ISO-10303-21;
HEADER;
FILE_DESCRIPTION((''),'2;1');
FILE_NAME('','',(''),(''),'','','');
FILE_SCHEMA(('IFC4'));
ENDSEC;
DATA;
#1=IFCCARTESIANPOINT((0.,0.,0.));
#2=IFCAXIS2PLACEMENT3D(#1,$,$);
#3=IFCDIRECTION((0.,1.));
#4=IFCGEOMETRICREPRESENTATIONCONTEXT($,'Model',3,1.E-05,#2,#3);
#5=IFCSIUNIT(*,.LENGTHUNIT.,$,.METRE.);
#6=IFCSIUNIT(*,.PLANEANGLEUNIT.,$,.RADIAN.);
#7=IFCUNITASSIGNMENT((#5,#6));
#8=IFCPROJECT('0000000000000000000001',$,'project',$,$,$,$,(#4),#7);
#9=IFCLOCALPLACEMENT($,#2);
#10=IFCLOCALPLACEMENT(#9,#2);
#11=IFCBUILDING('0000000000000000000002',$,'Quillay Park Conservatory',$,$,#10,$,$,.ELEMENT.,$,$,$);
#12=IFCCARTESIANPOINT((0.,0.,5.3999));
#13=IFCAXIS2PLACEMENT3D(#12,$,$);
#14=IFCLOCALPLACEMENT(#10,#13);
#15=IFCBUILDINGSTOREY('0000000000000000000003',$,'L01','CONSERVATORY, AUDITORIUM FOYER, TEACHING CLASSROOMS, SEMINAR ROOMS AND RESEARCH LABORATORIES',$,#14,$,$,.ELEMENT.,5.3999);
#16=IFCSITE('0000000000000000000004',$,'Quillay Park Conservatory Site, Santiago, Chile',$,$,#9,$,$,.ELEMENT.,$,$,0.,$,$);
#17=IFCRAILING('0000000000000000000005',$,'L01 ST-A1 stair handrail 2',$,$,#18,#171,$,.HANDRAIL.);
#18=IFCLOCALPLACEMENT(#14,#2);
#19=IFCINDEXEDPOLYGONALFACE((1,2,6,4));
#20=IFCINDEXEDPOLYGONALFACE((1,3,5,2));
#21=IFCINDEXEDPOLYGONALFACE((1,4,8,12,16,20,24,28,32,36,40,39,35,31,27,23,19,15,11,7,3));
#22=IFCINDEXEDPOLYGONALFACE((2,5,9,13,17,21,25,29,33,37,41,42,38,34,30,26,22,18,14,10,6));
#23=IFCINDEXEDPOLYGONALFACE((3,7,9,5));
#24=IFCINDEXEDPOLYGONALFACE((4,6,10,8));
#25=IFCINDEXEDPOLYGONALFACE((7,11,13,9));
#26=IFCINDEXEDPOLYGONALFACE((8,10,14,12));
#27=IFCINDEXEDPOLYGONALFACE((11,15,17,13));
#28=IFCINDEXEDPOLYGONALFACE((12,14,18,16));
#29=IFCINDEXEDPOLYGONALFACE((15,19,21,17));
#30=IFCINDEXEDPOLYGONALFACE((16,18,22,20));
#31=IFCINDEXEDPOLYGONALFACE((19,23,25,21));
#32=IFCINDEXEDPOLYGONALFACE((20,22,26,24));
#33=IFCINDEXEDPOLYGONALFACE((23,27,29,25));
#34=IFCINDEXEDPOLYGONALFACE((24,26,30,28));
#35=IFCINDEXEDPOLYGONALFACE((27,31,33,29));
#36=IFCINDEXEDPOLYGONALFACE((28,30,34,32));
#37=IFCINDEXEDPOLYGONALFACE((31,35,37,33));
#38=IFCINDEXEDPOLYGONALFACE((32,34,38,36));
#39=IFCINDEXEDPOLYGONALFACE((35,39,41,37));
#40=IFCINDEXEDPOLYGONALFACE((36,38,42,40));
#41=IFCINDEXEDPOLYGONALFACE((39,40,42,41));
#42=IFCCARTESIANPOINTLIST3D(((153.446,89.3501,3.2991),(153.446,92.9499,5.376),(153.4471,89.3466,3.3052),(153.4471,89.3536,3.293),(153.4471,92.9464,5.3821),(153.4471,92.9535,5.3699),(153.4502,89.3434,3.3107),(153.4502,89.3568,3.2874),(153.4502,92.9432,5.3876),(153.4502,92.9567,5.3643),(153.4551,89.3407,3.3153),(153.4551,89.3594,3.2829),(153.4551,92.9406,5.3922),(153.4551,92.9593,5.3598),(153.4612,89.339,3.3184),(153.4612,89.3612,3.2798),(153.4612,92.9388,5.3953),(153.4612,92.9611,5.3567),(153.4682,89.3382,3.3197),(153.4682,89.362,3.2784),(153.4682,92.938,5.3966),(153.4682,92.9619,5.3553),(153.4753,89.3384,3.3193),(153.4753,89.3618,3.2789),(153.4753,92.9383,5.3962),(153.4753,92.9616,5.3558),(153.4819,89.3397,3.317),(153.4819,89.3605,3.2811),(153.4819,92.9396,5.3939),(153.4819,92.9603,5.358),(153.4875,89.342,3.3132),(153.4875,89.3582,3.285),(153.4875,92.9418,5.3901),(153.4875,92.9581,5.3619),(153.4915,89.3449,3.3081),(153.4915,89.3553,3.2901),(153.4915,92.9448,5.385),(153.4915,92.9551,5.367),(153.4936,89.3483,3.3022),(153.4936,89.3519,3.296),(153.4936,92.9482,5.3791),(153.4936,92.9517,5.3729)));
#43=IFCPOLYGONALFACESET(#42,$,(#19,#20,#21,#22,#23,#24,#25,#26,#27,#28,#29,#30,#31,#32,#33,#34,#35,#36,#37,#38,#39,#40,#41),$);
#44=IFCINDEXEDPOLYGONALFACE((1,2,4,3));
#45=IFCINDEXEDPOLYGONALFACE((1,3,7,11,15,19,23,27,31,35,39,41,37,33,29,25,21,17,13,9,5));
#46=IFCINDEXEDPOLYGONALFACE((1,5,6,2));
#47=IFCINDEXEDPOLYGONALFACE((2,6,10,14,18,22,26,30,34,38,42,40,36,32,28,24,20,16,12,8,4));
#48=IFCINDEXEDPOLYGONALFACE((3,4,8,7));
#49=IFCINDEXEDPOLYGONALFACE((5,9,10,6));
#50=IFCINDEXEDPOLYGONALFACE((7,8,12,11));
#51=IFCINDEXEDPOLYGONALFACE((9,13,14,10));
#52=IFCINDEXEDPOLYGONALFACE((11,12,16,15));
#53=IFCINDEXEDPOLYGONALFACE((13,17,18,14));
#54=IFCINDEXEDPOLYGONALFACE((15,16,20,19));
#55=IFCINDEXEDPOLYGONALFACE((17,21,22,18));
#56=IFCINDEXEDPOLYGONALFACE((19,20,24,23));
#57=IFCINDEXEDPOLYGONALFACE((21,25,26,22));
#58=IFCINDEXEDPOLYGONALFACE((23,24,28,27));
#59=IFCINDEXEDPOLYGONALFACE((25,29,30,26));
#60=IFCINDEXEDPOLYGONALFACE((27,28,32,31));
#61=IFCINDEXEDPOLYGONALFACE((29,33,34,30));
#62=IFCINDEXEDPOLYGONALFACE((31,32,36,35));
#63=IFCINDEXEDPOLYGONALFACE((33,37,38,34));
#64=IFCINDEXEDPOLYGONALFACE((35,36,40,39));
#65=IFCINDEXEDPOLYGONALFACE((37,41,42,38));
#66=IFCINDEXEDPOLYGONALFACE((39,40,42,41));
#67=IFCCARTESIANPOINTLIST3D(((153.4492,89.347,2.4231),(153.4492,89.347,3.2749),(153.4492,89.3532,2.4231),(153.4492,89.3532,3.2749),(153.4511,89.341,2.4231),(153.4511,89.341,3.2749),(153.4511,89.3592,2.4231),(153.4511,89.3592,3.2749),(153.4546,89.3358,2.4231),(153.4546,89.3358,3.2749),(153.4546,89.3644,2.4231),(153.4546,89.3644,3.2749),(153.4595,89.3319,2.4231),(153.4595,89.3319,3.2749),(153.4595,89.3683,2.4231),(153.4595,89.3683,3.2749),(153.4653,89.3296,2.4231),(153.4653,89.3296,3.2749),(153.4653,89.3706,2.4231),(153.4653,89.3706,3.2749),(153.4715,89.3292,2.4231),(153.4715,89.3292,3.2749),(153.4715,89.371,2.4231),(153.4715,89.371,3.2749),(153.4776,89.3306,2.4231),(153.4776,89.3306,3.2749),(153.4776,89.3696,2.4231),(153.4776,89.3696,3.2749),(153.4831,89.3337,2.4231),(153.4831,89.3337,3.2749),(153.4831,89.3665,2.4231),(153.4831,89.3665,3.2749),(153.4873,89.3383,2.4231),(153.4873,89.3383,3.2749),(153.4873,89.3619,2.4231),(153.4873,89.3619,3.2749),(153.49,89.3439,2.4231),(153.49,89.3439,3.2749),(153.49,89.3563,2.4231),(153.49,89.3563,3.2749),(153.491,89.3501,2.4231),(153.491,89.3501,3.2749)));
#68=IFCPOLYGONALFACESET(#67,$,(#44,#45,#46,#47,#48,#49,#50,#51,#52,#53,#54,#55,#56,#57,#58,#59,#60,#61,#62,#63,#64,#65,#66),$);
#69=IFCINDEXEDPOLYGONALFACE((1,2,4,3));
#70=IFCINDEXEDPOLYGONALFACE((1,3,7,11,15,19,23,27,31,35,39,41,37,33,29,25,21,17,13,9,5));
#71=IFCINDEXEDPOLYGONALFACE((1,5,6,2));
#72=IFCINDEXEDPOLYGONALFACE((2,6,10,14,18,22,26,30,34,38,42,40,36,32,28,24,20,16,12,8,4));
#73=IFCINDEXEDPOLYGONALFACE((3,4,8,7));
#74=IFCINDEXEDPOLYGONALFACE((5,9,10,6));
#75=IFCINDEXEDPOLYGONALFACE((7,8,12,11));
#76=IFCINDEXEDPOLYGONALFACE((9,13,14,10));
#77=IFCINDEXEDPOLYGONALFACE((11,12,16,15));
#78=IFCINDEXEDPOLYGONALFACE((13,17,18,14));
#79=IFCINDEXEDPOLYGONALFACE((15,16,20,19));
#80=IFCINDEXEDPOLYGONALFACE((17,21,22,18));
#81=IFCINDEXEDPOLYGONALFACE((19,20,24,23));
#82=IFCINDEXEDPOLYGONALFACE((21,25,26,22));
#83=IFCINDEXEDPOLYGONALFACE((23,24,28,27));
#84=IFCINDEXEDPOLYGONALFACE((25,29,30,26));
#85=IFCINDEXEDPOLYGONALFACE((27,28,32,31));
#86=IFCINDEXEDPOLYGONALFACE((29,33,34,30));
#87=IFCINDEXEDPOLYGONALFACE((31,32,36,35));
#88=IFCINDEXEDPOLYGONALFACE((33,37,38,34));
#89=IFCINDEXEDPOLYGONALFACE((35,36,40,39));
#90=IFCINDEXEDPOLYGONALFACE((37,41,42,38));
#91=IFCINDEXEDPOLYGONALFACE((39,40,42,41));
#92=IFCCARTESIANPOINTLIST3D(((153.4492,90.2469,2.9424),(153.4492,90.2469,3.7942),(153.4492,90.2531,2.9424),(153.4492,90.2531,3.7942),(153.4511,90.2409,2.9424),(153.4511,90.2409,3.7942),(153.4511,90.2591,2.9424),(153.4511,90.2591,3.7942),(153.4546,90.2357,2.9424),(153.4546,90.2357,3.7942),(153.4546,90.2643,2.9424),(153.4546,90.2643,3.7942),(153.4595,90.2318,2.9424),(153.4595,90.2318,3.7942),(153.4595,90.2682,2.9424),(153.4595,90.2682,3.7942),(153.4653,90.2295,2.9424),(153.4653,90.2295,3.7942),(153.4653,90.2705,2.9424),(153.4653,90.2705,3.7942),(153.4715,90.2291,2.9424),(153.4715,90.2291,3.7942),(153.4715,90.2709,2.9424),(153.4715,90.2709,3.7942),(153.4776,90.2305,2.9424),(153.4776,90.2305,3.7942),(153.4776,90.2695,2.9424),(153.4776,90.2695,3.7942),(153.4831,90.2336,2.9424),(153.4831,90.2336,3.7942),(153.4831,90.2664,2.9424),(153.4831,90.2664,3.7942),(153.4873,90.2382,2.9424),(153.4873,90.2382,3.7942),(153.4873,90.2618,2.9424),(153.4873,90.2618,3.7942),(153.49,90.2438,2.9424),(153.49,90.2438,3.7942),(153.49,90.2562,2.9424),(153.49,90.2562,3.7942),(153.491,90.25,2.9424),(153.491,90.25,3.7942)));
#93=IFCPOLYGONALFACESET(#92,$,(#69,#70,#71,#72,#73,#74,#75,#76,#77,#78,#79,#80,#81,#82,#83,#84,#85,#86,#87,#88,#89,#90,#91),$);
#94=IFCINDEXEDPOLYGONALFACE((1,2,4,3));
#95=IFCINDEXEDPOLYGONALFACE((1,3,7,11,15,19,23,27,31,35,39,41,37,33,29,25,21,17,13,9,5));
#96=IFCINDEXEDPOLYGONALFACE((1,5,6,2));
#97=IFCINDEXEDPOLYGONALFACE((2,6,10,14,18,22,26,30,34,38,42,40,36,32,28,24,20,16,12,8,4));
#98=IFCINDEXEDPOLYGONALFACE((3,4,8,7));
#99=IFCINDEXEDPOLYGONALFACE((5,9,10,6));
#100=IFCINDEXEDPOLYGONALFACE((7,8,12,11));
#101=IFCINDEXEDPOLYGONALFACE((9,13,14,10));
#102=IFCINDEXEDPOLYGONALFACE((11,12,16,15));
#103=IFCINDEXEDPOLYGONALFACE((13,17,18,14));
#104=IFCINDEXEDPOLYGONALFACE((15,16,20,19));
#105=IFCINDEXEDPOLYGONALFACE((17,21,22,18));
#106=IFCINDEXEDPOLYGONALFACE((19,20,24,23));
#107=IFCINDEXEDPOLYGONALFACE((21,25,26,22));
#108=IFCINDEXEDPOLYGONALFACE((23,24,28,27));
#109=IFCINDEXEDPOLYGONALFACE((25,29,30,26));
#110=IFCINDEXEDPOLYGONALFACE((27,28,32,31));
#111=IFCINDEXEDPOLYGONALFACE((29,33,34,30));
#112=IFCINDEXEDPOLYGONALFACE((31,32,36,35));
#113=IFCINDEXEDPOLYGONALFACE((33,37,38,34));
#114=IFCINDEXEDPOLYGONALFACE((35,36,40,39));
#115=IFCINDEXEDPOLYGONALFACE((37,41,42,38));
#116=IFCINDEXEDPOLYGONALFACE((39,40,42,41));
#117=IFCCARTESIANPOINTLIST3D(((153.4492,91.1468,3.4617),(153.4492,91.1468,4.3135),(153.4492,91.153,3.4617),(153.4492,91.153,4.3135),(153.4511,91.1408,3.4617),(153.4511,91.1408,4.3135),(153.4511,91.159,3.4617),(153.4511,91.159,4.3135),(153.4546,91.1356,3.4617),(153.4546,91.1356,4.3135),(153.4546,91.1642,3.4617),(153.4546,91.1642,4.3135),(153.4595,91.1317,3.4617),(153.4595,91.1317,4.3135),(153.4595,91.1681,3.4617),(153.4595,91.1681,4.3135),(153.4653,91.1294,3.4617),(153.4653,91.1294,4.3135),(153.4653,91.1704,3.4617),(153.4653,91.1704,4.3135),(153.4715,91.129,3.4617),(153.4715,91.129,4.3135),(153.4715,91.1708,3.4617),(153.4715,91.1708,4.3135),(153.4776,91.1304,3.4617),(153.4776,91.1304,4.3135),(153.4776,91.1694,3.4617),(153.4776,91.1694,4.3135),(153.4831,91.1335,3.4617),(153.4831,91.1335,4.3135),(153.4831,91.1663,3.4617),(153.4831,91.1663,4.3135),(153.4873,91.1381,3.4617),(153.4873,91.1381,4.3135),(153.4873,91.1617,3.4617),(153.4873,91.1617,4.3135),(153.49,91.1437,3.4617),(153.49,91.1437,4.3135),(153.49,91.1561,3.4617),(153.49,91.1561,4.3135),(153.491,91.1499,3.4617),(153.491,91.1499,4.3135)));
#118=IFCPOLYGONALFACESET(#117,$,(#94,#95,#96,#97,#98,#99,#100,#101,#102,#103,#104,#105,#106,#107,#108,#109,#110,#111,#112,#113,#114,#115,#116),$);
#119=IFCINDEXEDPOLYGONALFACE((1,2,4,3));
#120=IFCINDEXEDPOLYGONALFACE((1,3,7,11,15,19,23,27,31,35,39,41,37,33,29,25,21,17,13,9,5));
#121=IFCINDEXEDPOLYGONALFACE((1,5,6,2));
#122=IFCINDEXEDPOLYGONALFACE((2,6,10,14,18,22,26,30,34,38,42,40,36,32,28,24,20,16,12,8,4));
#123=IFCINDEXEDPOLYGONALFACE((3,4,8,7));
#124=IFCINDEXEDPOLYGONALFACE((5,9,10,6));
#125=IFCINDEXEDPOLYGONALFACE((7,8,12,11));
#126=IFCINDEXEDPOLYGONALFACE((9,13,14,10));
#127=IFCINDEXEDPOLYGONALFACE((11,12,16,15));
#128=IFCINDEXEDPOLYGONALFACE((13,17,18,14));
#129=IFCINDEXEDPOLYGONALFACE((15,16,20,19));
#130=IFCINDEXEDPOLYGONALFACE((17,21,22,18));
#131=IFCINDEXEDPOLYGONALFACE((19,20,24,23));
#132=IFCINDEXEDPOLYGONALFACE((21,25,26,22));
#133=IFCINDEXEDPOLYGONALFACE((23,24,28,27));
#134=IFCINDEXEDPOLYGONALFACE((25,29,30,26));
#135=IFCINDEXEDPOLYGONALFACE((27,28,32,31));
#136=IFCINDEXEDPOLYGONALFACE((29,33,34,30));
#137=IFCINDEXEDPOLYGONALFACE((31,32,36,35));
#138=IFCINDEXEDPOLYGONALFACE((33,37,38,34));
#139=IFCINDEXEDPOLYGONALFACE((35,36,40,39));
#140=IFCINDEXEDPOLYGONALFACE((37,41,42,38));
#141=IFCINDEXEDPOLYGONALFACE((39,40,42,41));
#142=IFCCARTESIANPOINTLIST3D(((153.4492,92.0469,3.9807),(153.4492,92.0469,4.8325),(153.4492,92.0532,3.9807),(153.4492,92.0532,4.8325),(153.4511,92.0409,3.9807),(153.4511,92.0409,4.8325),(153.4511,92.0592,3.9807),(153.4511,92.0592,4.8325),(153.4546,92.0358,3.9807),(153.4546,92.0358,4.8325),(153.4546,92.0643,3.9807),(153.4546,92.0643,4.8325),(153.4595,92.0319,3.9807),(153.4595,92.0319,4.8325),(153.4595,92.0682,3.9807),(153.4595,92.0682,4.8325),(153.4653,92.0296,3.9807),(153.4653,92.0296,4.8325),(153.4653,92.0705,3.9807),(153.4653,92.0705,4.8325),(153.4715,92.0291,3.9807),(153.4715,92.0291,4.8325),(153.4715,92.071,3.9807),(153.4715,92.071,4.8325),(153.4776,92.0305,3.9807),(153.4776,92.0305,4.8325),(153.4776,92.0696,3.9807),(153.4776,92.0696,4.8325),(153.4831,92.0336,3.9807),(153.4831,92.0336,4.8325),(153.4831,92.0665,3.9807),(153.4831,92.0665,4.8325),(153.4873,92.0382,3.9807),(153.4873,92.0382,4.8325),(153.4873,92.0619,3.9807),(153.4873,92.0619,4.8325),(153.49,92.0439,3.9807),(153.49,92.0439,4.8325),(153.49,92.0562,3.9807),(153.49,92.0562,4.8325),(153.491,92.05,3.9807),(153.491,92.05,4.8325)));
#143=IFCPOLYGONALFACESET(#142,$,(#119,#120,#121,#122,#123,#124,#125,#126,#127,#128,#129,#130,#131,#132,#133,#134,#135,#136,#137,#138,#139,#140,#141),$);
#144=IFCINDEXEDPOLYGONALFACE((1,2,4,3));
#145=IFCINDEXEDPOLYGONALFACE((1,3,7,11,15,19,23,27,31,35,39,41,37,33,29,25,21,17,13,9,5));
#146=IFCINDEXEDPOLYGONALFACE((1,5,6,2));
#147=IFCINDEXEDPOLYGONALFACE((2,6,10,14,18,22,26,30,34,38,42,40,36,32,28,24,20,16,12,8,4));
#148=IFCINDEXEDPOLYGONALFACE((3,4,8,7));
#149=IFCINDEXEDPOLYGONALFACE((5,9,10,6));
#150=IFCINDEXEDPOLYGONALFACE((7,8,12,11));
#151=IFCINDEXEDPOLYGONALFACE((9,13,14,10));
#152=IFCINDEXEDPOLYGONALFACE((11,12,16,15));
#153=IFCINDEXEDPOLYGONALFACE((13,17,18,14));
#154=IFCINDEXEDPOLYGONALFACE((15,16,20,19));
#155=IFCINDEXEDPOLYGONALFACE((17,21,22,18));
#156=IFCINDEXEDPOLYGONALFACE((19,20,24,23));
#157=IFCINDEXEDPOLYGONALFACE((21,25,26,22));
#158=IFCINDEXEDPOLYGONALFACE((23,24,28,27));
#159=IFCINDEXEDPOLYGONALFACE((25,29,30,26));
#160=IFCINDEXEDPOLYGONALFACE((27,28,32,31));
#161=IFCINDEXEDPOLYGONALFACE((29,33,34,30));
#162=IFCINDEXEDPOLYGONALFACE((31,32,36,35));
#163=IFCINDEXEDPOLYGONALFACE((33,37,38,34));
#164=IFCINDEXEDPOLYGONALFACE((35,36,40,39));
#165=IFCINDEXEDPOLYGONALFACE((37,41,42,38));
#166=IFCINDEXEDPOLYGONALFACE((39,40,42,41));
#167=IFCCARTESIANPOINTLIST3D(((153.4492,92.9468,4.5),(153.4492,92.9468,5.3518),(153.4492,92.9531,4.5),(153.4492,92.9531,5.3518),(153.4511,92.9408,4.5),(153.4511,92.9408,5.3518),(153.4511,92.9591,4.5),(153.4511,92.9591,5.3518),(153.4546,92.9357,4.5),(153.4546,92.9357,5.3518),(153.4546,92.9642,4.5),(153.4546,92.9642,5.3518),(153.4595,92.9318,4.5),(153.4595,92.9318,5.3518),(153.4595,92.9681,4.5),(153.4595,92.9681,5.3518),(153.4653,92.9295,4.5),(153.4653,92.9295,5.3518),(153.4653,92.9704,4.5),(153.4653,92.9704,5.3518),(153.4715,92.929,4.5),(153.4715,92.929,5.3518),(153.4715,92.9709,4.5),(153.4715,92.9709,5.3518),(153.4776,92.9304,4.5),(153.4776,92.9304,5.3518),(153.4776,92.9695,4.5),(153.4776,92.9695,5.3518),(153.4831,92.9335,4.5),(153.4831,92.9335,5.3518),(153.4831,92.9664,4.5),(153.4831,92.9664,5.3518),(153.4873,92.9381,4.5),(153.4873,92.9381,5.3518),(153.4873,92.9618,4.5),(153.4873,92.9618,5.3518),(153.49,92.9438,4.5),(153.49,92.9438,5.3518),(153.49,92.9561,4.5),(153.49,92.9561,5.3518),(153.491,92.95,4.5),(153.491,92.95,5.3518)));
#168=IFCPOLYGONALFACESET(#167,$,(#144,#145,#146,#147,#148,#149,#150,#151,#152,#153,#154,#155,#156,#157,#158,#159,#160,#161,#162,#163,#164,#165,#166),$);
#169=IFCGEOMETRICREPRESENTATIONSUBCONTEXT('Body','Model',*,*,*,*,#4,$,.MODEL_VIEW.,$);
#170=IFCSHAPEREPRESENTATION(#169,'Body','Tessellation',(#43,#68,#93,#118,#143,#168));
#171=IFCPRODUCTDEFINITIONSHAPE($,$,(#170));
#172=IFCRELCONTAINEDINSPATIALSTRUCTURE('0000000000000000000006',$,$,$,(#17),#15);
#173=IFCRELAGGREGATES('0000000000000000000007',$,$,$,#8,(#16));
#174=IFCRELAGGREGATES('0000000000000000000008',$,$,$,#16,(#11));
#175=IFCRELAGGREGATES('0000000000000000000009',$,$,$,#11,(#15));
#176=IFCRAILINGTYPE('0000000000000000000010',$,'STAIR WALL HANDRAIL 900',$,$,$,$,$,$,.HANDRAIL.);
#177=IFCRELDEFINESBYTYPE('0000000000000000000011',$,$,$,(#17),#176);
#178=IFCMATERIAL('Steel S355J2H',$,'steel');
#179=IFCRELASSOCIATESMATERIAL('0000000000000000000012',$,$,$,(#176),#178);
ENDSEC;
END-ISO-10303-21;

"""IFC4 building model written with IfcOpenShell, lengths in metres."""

from ifc_helpers import new_model, si_unit, direction, frame, origin, origin_2d, place, context, subcontext, project, spatial, circle, extrude, material, type_object, element, save


model = new_model("IFC4")

# Units and contexts
model_context = context("Model", 3, precision=1e-05, world=origin(), true_north=direction((0.0, 1.0)))
body_context = subcontext(model_context, "Body", "Model", "MODEL_VIEW")
ifc_project = project(units=[si_unit("LENGTHUNIT", "METRE"), si_unit("PLANEANGLEUNIT", "RADIAN")], contexts=[model_context])

# Site, building, storey
site_placement = place(None, origin())
site = spatial("IfcSite", under=ifc_project, at=site_placement, Name="Quillay Park Conservatory Site, Santiago, Chile", CompositionType="ELEMENT", RefElevation=0.0)
building_placement = place(site_placement, origin())
building = spatial("IfcBuilding", under=site, at=building_placement, Name="Quillay Park Conservatory", CompositionType="ELEMENT")
storey_placement = place(building_placement, frame((0.0, 0.0, 5.3999)))
storey = spatial("IfcBuildingStorey", under=building, at=storey_placement, Name="L01", Description="CONSERVATORY, AUDITORIUM FOYER, TEACHING CLASSROOMS, SEMINAR ROOMS AND RESEARCH LABORATORIES", CompositionType="ELEMENT", Elevation=5.3999)

# Railing
ifc_material_1 = material(Name="Steel S355J2H", Category="steel")
railing_type_1 = type_object("IfcRailingType", Name="STAIR WALL HANDRAIL 900", PredefinedType="HANDRAIL", material=ifc_material_1)
railing_1_placement = place(storey_placement, frame((153.47, 89.3501, 2.4231)))
element("IfcRailing", 1, at=railing_1_placement, inside=storey, type_object=railing_type_1, Name="L01 ST-A1 stair handrail 2", PredefinedType="HANDRAIL", context=body_context, shape_type="SweptSolid", body=[
    extrude(circle(Radius=0.0239, at=origin_2d()), frame((0.0, 0.0, 0.876), z_axis=(0.0, 0.866179, 0.499734), x_axis=(-1.0, 0.0, 0.0)), (0.0, 0.0, 1.0), 4.156),
    extrude(circle(Radius=0.021, at=origin_2d()), origin(), (0.0, 0.0, 1.0), 0.8518),
    extrude(circle(Radius=0.021, at=origin_2d()), frame((0.0, 0.8999, 0.5193)), (0.0, 0.0, 1.0), 0.8518),
    extrude(circle(Radius=0.021, at=origin_2d()), frame((0.0, 1.7998, 1.0386)), (0.0, 0.0, 1.0), 0.8518),
    extrude(circle(Radius=0.021, at=origin_2d()), frame((0.0, 2.7, 1.5576)), (0.0, 0.0, 1.0), 0.8518),
    extrude(circle(Radius=0.021, at=origin_2d()), frame((0.0, 3.5999, 2.0769)), (0.0, 0.0, 1.0), 0.8518),
])

save(model, "model.ifc")
